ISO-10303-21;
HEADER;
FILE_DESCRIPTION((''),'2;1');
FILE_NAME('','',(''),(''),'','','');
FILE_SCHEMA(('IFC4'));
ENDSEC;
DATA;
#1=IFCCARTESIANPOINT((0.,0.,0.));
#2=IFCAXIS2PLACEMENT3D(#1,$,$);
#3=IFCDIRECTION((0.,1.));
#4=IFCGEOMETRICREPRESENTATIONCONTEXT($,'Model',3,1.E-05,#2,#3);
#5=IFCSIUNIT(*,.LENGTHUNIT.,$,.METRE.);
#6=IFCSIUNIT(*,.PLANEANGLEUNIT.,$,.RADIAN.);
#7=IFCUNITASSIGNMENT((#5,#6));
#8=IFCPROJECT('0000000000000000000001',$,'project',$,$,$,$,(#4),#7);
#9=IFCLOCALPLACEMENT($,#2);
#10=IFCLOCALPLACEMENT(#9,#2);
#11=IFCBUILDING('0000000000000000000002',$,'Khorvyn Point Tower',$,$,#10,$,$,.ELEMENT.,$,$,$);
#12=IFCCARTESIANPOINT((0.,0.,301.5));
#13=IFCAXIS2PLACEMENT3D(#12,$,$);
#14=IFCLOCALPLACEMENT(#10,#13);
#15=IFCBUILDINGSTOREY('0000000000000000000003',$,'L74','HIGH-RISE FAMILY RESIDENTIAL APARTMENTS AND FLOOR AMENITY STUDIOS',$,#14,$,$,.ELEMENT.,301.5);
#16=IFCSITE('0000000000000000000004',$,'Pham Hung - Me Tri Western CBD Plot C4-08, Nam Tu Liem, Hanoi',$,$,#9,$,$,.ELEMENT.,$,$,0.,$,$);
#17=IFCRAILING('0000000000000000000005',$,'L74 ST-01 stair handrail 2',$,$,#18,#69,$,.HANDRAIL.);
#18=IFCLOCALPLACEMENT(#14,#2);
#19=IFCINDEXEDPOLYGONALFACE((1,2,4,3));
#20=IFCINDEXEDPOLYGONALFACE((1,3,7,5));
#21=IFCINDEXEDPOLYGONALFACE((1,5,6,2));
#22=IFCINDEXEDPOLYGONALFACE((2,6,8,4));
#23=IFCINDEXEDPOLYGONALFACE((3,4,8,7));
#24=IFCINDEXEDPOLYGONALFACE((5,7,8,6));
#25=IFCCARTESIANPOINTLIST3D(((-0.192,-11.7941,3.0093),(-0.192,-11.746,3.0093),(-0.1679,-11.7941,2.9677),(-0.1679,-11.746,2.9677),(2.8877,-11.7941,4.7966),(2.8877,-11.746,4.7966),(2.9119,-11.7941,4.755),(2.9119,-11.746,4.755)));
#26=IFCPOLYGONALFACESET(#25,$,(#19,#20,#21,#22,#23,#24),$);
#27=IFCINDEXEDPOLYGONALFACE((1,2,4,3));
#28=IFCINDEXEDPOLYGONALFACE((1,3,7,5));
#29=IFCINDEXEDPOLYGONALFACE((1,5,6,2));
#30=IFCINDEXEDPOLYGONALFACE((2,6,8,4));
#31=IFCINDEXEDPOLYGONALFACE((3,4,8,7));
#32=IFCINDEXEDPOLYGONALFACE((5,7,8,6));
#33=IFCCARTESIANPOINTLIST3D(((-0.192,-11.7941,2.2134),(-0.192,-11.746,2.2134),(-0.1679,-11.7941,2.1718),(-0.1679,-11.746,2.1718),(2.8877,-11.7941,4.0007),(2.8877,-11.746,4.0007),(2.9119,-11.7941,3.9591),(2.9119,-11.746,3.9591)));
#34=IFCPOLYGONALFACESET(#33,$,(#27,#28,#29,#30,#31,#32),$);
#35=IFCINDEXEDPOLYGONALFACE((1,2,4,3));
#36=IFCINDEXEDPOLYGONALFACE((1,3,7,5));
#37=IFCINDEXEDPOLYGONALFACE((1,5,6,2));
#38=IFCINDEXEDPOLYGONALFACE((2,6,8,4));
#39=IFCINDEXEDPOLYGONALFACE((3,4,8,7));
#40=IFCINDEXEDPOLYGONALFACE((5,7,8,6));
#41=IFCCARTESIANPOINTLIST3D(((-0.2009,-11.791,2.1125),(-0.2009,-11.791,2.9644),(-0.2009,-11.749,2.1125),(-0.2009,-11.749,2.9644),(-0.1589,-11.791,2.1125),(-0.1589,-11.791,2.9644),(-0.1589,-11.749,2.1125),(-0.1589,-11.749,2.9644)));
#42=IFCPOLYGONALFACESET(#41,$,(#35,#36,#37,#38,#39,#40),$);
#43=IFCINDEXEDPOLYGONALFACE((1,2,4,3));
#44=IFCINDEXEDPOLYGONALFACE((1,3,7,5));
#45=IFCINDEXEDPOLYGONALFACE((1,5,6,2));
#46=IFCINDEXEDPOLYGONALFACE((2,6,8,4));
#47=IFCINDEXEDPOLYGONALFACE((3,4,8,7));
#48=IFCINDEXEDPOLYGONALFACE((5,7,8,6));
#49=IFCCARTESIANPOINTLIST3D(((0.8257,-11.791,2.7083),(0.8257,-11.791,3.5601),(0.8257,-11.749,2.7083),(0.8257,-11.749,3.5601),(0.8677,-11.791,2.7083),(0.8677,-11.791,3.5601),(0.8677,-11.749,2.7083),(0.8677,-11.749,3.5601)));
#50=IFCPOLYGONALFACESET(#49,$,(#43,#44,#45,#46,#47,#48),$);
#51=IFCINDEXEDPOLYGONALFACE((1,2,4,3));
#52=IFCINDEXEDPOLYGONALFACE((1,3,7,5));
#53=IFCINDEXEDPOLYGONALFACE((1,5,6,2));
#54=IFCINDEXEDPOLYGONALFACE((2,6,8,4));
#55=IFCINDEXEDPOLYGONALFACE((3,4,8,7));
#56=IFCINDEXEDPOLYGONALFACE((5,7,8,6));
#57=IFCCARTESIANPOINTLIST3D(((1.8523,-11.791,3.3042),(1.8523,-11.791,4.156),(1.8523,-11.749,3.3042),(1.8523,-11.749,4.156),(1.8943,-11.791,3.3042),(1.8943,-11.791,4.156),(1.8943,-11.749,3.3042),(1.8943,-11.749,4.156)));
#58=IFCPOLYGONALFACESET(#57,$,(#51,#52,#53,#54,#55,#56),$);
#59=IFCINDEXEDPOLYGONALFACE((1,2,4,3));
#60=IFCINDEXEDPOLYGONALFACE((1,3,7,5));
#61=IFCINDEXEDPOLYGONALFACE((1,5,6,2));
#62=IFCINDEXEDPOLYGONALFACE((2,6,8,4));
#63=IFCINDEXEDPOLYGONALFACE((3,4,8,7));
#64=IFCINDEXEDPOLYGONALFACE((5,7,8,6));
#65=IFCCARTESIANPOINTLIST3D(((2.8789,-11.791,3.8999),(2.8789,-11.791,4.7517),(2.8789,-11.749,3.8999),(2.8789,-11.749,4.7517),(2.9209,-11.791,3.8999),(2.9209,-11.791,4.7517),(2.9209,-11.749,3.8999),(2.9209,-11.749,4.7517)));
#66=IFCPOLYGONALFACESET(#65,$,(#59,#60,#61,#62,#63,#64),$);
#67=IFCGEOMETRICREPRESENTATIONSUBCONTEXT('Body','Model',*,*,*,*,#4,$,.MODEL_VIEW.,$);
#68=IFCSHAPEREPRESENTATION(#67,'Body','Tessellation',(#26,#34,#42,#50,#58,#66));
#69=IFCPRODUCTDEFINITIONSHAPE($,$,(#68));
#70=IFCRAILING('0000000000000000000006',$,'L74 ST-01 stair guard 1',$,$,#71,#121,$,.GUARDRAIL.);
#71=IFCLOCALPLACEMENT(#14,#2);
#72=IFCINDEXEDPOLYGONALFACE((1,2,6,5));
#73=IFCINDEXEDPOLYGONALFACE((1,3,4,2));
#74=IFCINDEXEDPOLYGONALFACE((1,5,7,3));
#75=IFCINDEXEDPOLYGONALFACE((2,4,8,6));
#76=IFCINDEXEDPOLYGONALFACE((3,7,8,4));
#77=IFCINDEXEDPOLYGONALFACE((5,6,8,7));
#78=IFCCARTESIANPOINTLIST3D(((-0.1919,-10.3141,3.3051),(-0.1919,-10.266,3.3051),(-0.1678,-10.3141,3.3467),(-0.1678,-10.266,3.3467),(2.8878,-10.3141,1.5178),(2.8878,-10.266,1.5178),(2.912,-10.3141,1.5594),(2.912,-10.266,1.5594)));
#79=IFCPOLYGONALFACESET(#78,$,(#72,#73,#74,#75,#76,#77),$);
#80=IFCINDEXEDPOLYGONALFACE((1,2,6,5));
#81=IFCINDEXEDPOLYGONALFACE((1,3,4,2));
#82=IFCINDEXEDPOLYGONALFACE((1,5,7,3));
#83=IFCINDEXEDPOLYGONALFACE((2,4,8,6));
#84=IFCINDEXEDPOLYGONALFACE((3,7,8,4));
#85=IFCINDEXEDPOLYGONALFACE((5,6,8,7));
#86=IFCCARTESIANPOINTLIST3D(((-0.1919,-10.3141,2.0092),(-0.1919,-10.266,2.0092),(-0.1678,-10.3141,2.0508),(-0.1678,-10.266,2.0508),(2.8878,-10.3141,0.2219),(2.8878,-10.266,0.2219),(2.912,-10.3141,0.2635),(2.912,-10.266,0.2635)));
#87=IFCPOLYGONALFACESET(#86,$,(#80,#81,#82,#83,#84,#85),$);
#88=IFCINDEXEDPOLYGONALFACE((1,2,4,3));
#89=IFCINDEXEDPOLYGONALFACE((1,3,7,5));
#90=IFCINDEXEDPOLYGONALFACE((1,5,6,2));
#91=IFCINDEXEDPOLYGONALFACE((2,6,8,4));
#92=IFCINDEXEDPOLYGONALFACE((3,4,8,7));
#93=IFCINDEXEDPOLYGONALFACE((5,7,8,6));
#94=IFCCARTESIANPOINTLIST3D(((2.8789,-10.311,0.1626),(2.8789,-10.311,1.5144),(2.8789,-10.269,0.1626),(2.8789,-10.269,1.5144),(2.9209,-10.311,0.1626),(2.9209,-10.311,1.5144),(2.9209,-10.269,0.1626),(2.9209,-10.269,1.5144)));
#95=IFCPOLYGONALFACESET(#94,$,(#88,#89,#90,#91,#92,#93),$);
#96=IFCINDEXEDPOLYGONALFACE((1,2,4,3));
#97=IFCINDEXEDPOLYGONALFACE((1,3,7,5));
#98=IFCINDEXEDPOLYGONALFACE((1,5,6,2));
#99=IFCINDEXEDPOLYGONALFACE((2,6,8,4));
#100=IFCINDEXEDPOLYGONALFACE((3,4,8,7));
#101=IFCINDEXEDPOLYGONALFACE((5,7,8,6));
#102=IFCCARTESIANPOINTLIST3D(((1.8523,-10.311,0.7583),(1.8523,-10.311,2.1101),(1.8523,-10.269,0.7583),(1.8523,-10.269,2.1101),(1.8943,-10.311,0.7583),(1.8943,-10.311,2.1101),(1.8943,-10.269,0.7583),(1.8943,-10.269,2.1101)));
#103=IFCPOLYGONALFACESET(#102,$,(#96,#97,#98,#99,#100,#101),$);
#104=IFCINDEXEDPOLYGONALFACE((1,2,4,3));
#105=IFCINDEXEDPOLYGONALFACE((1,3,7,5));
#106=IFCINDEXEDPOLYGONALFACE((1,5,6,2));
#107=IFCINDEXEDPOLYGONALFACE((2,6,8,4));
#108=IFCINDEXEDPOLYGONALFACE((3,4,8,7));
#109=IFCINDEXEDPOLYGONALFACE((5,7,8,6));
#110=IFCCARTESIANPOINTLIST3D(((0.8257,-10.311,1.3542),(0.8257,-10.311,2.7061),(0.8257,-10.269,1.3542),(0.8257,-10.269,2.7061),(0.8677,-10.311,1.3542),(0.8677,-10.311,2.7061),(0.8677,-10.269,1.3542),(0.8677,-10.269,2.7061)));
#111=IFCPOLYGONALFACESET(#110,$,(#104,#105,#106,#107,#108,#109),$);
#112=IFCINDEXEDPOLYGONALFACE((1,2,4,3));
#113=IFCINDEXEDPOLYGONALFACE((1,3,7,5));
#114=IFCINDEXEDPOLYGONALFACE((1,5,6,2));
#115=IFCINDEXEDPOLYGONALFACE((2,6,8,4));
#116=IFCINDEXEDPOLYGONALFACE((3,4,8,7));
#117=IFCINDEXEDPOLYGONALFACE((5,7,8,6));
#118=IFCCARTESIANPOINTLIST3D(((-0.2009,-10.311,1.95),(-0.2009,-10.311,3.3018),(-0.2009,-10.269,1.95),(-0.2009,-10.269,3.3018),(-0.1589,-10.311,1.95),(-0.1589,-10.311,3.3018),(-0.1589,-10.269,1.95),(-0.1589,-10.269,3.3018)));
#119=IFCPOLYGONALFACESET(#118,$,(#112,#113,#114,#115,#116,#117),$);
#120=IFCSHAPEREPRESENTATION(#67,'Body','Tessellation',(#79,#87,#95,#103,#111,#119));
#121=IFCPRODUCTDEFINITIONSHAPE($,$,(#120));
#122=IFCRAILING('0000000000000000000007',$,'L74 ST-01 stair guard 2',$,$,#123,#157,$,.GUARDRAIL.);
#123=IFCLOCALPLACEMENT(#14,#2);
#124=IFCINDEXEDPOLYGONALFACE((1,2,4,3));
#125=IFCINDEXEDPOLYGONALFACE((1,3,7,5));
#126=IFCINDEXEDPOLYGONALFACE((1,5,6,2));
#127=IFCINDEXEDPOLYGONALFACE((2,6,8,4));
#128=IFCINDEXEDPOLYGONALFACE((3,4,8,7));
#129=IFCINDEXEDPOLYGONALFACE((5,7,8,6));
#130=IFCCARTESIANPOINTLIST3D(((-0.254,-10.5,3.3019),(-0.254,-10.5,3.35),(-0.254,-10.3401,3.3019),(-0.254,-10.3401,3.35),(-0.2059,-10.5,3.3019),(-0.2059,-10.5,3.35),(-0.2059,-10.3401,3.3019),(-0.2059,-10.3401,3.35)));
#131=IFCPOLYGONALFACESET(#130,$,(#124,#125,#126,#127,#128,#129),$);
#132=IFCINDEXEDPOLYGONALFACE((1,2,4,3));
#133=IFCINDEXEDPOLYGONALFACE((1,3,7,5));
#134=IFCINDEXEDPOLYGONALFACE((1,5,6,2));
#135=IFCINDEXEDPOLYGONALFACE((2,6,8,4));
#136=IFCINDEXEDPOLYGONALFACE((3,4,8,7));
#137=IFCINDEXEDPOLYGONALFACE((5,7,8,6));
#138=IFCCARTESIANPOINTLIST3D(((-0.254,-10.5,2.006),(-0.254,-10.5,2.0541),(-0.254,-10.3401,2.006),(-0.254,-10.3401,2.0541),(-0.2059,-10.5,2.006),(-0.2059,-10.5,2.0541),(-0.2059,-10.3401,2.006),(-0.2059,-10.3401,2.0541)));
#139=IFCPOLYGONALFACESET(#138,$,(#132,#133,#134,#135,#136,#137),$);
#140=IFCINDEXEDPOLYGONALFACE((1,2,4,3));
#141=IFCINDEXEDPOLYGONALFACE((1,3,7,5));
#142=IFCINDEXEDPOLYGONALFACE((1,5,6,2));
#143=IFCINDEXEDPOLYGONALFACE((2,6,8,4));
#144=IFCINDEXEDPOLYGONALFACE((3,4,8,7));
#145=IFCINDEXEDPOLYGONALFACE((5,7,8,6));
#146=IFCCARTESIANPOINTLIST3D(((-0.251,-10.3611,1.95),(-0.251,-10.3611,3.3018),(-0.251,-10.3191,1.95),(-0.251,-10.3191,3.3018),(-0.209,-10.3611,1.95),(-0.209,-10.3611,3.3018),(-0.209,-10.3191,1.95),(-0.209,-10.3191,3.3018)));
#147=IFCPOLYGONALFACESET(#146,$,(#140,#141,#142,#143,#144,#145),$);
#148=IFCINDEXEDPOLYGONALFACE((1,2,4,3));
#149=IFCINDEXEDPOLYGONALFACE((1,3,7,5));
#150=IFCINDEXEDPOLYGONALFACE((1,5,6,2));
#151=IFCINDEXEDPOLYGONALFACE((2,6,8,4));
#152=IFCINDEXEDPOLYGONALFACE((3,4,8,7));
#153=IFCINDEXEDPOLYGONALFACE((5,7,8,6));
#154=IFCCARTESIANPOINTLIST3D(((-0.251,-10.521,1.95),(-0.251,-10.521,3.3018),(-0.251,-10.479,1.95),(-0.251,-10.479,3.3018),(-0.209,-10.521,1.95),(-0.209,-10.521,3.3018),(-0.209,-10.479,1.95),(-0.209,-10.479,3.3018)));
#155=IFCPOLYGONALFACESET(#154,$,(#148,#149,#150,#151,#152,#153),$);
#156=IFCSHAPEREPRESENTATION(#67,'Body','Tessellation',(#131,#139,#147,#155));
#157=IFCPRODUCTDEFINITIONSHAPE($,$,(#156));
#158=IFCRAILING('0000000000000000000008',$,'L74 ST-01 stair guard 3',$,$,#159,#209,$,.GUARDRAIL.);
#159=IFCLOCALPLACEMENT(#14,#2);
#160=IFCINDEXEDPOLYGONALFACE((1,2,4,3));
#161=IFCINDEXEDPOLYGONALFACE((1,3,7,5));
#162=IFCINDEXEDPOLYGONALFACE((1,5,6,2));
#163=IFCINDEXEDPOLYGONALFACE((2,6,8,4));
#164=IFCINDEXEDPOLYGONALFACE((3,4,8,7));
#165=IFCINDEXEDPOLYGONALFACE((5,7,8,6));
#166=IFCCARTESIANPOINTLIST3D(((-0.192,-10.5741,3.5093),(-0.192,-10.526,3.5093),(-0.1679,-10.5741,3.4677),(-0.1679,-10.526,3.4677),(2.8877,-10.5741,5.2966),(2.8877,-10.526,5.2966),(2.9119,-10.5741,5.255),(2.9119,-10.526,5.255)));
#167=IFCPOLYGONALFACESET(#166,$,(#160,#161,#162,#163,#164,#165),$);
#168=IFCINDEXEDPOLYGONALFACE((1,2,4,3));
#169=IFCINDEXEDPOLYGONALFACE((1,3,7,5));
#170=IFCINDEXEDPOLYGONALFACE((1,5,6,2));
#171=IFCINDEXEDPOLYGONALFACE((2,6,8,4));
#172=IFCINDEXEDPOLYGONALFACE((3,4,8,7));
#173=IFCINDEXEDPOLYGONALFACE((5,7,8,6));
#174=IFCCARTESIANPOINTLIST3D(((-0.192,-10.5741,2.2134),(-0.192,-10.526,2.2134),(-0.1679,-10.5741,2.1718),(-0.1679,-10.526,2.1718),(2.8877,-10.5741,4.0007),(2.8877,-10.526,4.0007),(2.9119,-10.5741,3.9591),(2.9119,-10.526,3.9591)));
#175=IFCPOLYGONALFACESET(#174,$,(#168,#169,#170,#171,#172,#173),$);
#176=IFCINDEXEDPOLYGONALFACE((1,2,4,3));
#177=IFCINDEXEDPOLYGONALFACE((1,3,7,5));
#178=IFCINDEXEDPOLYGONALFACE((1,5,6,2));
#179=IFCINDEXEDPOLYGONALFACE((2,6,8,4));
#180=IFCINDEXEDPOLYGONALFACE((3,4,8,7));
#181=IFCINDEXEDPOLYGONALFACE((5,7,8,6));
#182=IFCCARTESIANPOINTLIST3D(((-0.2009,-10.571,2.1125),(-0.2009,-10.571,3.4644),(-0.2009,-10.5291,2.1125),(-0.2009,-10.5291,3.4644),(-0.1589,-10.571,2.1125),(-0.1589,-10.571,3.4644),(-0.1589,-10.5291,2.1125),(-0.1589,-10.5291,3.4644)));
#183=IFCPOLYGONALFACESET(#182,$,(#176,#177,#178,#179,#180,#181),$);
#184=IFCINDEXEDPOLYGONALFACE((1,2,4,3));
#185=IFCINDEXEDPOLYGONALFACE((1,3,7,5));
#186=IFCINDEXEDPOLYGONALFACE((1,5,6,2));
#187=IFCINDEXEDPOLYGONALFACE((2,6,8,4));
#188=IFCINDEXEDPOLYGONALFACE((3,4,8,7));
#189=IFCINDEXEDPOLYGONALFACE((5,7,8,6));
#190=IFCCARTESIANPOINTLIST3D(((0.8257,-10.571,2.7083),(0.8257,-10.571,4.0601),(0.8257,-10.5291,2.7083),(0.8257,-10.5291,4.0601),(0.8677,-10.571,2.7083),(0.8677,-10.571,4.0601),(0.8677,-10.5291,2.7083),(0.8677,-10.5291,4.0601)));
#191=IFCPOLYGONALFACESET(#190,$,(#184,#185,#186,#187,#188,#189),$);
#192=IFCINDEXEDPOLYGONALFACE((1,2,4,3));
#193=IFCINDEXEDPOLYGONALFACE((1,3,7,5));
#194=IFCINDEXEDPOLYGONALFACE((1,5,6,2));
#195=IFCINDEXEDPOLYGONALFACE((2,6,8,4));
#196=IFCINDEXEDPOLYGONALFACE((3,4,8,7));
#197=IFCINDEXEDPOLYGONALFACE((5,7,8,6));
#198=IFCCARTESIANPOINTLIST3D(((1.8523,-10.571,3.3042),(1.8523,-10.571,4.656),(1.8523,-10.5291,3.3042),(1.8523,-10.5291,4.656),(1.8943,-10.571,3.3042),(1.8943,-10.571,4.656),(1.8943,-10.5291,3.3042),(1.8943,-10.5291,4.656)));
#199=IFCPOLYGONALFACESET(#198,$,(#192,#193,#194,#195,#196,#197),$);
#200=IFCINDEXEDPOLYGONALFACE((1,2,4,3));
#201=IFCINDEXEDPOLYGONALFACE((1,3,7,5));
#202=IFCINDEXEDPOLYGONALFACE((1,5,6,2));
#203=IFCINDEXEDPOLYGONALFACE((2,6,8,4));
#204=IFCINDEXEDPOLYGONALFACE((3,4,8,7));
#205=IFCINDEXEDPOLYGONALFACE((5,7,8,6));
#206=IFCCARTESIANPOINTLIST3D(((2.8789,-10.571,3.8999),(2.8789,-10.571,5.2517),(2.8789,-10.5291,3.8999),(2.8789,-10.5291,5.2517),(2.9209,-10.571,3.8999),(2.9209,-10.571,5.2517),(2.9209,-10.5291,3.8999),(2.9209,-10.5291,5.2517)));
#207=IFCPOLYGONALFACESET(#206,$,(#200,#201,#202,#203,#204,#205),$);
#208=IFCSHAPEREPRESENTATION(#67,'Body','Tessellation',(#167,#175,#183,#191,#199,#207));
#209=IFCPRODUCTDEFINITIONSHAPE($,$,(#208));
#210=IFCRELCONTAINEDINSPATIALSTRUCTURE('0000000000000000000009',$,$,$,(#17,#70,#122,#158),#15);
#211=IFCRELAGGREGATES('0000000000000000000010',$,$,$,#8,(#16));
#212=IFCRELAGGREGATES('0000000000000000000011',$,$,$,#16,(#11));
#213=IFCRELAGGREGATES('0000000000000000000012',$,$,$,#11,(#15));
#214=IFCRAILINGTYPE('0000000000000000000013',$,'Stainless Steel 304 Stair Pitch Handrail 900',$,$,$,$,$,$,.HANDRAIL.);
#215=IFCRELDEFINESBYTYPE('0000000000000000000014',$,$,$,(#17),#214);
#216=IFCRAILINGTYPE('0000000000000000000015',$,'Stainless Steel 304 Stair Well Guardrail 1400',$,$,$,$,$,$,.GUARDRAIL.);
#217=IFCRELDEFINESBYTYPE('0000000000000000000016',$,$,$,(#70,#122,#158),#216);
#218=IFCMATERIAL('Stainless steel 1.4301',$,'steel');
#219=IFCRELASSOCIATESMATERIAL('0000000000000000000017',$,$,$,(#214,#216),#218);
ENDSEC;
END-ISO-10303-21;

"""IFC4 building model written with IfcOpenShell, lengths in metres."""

from ifc_helpers import new_model, si_unit, direction, frame, origin, origin_2d, place, context, subcontext, project, spatial, rectangle, extrude, material, type_object, element, save


model = new_model("IFC4")

# Units and contexts
model_context = context("Model", 3, precision=1e-05, world=origin(), true_north=direction((0.0, 1.0)))
body_context = subcontext(model_context, "Body", "Model", "MODEL_VIEW")
ifc_project = project(units=[si_unit("LENGTHUNIT", "METRE"), si_unit("PLANEANGLEUNIT", "RADIAN")], contexts=[model_context])

# Site, building, storey
site_placement = place(None, origin())
site = spatial("IfcSite", under=ifc_project, at=site_placement, Name="Pham Hung - Me Tri Western CBD Plot C4-08, Nam Tu Liem, Hanoi", CompositionType="ELEMENT", RefElevation=0.0)
building_placement = place(site_placement, origin())
building = spatial("IfcBuilding", under=site, at=building_placement, Name="Khorvyn Point Tower", CompositionType="ELEMENT")
storey_placement = place(building_placement, frame((0.0, 0.0, 301.5)))
storey = spatial("IfcBuildingStorey", under=building, at=storey_placement, Name="L74", Description="HIGH-RISE FAMILY RESIDENTIAL APARTMENTS AND FLOOR AMENITY STUDIOS", CompositionType="ELEMENT", Elevation=301.5)

# Shared definitions
ifc_material_1 = material(Name="Stainless steel 1.4301", Category="steel")

# Railings
railing_type_1 = type_object("IfcRailingType", Name="Stainless Steel 304 Stair Pitch Handrail 900", PredefinedType="HANDRAIL", material=ifc_material_1)
railing_1_placement = place(storey_placement, frame((-0.1799, -11.77, 2.1125)))
element("IfcRailing", 1, at=railing_1_placement, inside=storey, type_object=railing_type_1, Name="L74 ST-01 stair handrail 2", PredefinedType="HANDRAIL", context=body_context, shape_type="SweptSolid", body=[
    extrude(rectangle(XDim=0.0481, YDim=0.0481, at=origin_2d()), frame((0.0, 0.0, 0.876), z_axis=(0.864903, 0.0, 0.501939), x_axis=(0.0, 1.0, 0.0)), (0.0, 0.0, 1.0), 3.5608),
    extrude(rectangle(XDim=0.0481, YDim=0.0481, at=origin_2d()), frame((0.0, 0.0, 0.0801), z_axis=(0.864903, 0.0, 0.501939), x_axis=(0.0, 1.0, 0.0)), (0.0, 0.0, 1.0), 3.5608),
    extrude(rectangle(XDim=0.042, YDim=0.042, at=origin_2d()), origin(), (0.0, 0.0, 1.0), 0.8518),
    extrude(rectangle(XDim=0.042, YDim=0.042, at=origin_2d()), frame((1.0266, 0.0, 0.5957)), (0.0, 0.0, 1.0), 0.8518),
    extrude(rectangle(XDim=0.042, YDim=0.042, at=origin_2d()), frame((2.0532, 0.0, 1.1917)), (0.0, 0.0, 1.0), 0.8518),
    extrude(rectangle(XDim=0.042, YDim=0.042, at=origin_2d()), frame((3.0798, 0.0, 1.7874)), (0.0, 0.0, 1.0), 0.8518),
])
railing_type_2 = type_object("IfcRailingType", Name="Stainless Steel 304 Stair Well Guardrail 1400", PredefinedType="GUARDRAIL", material=ifc_material_1)
railing_2_placement = place(storey_placement, frame((2.8999, -10.29, 0.1626)))
element("IfcRailing", 2, at=railing_2_placement, inside=storey, type_object=railing_type_2, Name="L74 ST-01 stair guard 1", PredefinedType="GUARDRAIL", context=body_context, shape_type="SweptSolid", body=[
    extrude(rectangle(XDim=0.0481, YDim=0.0481, at=origin_2d()), frame((0.0, 0.0, 1.376), z_axis=(-0.864903, 0.0, 0.501939), x_axis=(0.0, -1.0, 0.0)), (0.0, 0.0, 1.0), 3.5608),
    extrude(rectangle(XDim=0.0481, YDim=0.0481, at=origin_2d()), frame((0.0, 0.0, 0.0801), z_axis=(-0.864903, 0.0, 0.501939), x_axis=(0.0, -1.0, 0.0)), (0.0, 0.0, 1.0), 3.5608),
    extrude(rectangle(XDim=0.042, YDim=0.042, at=origin_2d()), origin(), (0.0, 0.0, 1.0), 1.3518),
    extrude(rectangle(XDim=0.042, YDim=0.042, at=origin_2d()), frame((-1.0266, 0.0, 0.5957)), (0.0, 0.0, 1.0), 1.3518),
    extrude(rectangle(XDim=0.042, YDim=0.042, at=origin_2d()), frame((-2.0532, 0.0, 1.1917)), (0.0, 0.0, 1.0), 1.3518),
    extrude(rectangle(XDim=0.042, YDim=0.042, at=origin_2d()), frame((-3.0798, 0.0, 1.7874)), (0.0, 0.0, 1.0), 1.3518),
])
railing_3_placement = place(storey_placement, frame((-0.23, -10.3401, 1.95)))
element("IfcRailing", 3, at=railing_3_placement, inside=storey, type_object=railing_type_2, Name="L74 ST-01 stair guard 2", PredefinedType="GUARDRAIL", context=body_context, shape_type="SweptSolid", body=[
    extrude(rectangle(XDim=0.0481, YDim=0.0481, at=origin_2d()), frame((0.0, 0.0, 1.376), z_axis=(0.0, -1.0, 0.0), x_axis=(1.0, 0.0, 0.0)), (0.0, 0.0, 1.0), 0.1599),
    extrude(rectangle(XDim=0.0481, YDim=0.0481, at=origin_2d()), frame((0.0, 0.0, 0.0801), z_axis=(0.0, -1.0, 0.0), x_axis=(1.0, 0.0, 0.0)), (0.0, 0.0, 1.0), 0.1599),
    extrude(rectangle(XDim=0.042, YDim=0.042, at=origin_2d()), origin(), (0.0, 0.0, 1.0), 1.3518),
    extrude(rectangle(XDim=0.042, YDim=0.042, at=origin_2d()), frame((0.0, -0.1599, 0.0)), (0.0, 0.0, 1.0), 1.3518),
])
railing_4_placement = place(storey_placement, frame((-0.1799, -10.55, 2.1125)))
element("IfcRailing", 4, at=railing_4_placement, inside=storey, type_object=railing_type_2, Name="L74 ST-01 stair guard 3", PredefinedType="GUARDRAIL", context=body_context, shape_type="SweptSolid", body=[
    extrude(rectangle(XDim=0.0481, YDim=0.0481, at=origin_2d()), frame((0.0, 0.0, 1.376), z_axis=(0.864903, 0.0, 0.501939), x_axis=(0.0, 1.0, 0.0)), (0.0, 0.0, 1.0), 3.5608),
    extrude(rectangle(XDim=0.0481, YDim=0.0481, at=origin_2d()), frame((0.0, 0.0, 0.0801), z_axis=(0.864903, 0.0, 0.501939), x_axis=(0.0, 1.0, 0.0)), (0.0, 0.0, 1.0), 3.5608),
    extrude(rectangle(XDim=0.042, YDim=0.042, at=origin_2d()), origin(), (0.0, 0.0, 1.0), 1.3518),
    extrude(rectangle(XDim=0.042, YDim=0.042, at=origin_2d()), frame((1.0266, 0.0, 0.5957)), (0.0, 0.0, 1.0), 1.3518),
    extrude(rectangle(XDim=0.042, YDim=0.042, at=origin_2d()), frame((2.0532, 0.0, 1.1917)), (0.0, 0.0, 1.0), 1.3518),
    extrude(rectangle(XDim=0.042, YDim=0.042, at=origin_2d()), frame((3.0798, 0.0, 1.7874)), (0.0, 0.0, 1.0), 1.3518),
])

save(model, "model.ifc")
